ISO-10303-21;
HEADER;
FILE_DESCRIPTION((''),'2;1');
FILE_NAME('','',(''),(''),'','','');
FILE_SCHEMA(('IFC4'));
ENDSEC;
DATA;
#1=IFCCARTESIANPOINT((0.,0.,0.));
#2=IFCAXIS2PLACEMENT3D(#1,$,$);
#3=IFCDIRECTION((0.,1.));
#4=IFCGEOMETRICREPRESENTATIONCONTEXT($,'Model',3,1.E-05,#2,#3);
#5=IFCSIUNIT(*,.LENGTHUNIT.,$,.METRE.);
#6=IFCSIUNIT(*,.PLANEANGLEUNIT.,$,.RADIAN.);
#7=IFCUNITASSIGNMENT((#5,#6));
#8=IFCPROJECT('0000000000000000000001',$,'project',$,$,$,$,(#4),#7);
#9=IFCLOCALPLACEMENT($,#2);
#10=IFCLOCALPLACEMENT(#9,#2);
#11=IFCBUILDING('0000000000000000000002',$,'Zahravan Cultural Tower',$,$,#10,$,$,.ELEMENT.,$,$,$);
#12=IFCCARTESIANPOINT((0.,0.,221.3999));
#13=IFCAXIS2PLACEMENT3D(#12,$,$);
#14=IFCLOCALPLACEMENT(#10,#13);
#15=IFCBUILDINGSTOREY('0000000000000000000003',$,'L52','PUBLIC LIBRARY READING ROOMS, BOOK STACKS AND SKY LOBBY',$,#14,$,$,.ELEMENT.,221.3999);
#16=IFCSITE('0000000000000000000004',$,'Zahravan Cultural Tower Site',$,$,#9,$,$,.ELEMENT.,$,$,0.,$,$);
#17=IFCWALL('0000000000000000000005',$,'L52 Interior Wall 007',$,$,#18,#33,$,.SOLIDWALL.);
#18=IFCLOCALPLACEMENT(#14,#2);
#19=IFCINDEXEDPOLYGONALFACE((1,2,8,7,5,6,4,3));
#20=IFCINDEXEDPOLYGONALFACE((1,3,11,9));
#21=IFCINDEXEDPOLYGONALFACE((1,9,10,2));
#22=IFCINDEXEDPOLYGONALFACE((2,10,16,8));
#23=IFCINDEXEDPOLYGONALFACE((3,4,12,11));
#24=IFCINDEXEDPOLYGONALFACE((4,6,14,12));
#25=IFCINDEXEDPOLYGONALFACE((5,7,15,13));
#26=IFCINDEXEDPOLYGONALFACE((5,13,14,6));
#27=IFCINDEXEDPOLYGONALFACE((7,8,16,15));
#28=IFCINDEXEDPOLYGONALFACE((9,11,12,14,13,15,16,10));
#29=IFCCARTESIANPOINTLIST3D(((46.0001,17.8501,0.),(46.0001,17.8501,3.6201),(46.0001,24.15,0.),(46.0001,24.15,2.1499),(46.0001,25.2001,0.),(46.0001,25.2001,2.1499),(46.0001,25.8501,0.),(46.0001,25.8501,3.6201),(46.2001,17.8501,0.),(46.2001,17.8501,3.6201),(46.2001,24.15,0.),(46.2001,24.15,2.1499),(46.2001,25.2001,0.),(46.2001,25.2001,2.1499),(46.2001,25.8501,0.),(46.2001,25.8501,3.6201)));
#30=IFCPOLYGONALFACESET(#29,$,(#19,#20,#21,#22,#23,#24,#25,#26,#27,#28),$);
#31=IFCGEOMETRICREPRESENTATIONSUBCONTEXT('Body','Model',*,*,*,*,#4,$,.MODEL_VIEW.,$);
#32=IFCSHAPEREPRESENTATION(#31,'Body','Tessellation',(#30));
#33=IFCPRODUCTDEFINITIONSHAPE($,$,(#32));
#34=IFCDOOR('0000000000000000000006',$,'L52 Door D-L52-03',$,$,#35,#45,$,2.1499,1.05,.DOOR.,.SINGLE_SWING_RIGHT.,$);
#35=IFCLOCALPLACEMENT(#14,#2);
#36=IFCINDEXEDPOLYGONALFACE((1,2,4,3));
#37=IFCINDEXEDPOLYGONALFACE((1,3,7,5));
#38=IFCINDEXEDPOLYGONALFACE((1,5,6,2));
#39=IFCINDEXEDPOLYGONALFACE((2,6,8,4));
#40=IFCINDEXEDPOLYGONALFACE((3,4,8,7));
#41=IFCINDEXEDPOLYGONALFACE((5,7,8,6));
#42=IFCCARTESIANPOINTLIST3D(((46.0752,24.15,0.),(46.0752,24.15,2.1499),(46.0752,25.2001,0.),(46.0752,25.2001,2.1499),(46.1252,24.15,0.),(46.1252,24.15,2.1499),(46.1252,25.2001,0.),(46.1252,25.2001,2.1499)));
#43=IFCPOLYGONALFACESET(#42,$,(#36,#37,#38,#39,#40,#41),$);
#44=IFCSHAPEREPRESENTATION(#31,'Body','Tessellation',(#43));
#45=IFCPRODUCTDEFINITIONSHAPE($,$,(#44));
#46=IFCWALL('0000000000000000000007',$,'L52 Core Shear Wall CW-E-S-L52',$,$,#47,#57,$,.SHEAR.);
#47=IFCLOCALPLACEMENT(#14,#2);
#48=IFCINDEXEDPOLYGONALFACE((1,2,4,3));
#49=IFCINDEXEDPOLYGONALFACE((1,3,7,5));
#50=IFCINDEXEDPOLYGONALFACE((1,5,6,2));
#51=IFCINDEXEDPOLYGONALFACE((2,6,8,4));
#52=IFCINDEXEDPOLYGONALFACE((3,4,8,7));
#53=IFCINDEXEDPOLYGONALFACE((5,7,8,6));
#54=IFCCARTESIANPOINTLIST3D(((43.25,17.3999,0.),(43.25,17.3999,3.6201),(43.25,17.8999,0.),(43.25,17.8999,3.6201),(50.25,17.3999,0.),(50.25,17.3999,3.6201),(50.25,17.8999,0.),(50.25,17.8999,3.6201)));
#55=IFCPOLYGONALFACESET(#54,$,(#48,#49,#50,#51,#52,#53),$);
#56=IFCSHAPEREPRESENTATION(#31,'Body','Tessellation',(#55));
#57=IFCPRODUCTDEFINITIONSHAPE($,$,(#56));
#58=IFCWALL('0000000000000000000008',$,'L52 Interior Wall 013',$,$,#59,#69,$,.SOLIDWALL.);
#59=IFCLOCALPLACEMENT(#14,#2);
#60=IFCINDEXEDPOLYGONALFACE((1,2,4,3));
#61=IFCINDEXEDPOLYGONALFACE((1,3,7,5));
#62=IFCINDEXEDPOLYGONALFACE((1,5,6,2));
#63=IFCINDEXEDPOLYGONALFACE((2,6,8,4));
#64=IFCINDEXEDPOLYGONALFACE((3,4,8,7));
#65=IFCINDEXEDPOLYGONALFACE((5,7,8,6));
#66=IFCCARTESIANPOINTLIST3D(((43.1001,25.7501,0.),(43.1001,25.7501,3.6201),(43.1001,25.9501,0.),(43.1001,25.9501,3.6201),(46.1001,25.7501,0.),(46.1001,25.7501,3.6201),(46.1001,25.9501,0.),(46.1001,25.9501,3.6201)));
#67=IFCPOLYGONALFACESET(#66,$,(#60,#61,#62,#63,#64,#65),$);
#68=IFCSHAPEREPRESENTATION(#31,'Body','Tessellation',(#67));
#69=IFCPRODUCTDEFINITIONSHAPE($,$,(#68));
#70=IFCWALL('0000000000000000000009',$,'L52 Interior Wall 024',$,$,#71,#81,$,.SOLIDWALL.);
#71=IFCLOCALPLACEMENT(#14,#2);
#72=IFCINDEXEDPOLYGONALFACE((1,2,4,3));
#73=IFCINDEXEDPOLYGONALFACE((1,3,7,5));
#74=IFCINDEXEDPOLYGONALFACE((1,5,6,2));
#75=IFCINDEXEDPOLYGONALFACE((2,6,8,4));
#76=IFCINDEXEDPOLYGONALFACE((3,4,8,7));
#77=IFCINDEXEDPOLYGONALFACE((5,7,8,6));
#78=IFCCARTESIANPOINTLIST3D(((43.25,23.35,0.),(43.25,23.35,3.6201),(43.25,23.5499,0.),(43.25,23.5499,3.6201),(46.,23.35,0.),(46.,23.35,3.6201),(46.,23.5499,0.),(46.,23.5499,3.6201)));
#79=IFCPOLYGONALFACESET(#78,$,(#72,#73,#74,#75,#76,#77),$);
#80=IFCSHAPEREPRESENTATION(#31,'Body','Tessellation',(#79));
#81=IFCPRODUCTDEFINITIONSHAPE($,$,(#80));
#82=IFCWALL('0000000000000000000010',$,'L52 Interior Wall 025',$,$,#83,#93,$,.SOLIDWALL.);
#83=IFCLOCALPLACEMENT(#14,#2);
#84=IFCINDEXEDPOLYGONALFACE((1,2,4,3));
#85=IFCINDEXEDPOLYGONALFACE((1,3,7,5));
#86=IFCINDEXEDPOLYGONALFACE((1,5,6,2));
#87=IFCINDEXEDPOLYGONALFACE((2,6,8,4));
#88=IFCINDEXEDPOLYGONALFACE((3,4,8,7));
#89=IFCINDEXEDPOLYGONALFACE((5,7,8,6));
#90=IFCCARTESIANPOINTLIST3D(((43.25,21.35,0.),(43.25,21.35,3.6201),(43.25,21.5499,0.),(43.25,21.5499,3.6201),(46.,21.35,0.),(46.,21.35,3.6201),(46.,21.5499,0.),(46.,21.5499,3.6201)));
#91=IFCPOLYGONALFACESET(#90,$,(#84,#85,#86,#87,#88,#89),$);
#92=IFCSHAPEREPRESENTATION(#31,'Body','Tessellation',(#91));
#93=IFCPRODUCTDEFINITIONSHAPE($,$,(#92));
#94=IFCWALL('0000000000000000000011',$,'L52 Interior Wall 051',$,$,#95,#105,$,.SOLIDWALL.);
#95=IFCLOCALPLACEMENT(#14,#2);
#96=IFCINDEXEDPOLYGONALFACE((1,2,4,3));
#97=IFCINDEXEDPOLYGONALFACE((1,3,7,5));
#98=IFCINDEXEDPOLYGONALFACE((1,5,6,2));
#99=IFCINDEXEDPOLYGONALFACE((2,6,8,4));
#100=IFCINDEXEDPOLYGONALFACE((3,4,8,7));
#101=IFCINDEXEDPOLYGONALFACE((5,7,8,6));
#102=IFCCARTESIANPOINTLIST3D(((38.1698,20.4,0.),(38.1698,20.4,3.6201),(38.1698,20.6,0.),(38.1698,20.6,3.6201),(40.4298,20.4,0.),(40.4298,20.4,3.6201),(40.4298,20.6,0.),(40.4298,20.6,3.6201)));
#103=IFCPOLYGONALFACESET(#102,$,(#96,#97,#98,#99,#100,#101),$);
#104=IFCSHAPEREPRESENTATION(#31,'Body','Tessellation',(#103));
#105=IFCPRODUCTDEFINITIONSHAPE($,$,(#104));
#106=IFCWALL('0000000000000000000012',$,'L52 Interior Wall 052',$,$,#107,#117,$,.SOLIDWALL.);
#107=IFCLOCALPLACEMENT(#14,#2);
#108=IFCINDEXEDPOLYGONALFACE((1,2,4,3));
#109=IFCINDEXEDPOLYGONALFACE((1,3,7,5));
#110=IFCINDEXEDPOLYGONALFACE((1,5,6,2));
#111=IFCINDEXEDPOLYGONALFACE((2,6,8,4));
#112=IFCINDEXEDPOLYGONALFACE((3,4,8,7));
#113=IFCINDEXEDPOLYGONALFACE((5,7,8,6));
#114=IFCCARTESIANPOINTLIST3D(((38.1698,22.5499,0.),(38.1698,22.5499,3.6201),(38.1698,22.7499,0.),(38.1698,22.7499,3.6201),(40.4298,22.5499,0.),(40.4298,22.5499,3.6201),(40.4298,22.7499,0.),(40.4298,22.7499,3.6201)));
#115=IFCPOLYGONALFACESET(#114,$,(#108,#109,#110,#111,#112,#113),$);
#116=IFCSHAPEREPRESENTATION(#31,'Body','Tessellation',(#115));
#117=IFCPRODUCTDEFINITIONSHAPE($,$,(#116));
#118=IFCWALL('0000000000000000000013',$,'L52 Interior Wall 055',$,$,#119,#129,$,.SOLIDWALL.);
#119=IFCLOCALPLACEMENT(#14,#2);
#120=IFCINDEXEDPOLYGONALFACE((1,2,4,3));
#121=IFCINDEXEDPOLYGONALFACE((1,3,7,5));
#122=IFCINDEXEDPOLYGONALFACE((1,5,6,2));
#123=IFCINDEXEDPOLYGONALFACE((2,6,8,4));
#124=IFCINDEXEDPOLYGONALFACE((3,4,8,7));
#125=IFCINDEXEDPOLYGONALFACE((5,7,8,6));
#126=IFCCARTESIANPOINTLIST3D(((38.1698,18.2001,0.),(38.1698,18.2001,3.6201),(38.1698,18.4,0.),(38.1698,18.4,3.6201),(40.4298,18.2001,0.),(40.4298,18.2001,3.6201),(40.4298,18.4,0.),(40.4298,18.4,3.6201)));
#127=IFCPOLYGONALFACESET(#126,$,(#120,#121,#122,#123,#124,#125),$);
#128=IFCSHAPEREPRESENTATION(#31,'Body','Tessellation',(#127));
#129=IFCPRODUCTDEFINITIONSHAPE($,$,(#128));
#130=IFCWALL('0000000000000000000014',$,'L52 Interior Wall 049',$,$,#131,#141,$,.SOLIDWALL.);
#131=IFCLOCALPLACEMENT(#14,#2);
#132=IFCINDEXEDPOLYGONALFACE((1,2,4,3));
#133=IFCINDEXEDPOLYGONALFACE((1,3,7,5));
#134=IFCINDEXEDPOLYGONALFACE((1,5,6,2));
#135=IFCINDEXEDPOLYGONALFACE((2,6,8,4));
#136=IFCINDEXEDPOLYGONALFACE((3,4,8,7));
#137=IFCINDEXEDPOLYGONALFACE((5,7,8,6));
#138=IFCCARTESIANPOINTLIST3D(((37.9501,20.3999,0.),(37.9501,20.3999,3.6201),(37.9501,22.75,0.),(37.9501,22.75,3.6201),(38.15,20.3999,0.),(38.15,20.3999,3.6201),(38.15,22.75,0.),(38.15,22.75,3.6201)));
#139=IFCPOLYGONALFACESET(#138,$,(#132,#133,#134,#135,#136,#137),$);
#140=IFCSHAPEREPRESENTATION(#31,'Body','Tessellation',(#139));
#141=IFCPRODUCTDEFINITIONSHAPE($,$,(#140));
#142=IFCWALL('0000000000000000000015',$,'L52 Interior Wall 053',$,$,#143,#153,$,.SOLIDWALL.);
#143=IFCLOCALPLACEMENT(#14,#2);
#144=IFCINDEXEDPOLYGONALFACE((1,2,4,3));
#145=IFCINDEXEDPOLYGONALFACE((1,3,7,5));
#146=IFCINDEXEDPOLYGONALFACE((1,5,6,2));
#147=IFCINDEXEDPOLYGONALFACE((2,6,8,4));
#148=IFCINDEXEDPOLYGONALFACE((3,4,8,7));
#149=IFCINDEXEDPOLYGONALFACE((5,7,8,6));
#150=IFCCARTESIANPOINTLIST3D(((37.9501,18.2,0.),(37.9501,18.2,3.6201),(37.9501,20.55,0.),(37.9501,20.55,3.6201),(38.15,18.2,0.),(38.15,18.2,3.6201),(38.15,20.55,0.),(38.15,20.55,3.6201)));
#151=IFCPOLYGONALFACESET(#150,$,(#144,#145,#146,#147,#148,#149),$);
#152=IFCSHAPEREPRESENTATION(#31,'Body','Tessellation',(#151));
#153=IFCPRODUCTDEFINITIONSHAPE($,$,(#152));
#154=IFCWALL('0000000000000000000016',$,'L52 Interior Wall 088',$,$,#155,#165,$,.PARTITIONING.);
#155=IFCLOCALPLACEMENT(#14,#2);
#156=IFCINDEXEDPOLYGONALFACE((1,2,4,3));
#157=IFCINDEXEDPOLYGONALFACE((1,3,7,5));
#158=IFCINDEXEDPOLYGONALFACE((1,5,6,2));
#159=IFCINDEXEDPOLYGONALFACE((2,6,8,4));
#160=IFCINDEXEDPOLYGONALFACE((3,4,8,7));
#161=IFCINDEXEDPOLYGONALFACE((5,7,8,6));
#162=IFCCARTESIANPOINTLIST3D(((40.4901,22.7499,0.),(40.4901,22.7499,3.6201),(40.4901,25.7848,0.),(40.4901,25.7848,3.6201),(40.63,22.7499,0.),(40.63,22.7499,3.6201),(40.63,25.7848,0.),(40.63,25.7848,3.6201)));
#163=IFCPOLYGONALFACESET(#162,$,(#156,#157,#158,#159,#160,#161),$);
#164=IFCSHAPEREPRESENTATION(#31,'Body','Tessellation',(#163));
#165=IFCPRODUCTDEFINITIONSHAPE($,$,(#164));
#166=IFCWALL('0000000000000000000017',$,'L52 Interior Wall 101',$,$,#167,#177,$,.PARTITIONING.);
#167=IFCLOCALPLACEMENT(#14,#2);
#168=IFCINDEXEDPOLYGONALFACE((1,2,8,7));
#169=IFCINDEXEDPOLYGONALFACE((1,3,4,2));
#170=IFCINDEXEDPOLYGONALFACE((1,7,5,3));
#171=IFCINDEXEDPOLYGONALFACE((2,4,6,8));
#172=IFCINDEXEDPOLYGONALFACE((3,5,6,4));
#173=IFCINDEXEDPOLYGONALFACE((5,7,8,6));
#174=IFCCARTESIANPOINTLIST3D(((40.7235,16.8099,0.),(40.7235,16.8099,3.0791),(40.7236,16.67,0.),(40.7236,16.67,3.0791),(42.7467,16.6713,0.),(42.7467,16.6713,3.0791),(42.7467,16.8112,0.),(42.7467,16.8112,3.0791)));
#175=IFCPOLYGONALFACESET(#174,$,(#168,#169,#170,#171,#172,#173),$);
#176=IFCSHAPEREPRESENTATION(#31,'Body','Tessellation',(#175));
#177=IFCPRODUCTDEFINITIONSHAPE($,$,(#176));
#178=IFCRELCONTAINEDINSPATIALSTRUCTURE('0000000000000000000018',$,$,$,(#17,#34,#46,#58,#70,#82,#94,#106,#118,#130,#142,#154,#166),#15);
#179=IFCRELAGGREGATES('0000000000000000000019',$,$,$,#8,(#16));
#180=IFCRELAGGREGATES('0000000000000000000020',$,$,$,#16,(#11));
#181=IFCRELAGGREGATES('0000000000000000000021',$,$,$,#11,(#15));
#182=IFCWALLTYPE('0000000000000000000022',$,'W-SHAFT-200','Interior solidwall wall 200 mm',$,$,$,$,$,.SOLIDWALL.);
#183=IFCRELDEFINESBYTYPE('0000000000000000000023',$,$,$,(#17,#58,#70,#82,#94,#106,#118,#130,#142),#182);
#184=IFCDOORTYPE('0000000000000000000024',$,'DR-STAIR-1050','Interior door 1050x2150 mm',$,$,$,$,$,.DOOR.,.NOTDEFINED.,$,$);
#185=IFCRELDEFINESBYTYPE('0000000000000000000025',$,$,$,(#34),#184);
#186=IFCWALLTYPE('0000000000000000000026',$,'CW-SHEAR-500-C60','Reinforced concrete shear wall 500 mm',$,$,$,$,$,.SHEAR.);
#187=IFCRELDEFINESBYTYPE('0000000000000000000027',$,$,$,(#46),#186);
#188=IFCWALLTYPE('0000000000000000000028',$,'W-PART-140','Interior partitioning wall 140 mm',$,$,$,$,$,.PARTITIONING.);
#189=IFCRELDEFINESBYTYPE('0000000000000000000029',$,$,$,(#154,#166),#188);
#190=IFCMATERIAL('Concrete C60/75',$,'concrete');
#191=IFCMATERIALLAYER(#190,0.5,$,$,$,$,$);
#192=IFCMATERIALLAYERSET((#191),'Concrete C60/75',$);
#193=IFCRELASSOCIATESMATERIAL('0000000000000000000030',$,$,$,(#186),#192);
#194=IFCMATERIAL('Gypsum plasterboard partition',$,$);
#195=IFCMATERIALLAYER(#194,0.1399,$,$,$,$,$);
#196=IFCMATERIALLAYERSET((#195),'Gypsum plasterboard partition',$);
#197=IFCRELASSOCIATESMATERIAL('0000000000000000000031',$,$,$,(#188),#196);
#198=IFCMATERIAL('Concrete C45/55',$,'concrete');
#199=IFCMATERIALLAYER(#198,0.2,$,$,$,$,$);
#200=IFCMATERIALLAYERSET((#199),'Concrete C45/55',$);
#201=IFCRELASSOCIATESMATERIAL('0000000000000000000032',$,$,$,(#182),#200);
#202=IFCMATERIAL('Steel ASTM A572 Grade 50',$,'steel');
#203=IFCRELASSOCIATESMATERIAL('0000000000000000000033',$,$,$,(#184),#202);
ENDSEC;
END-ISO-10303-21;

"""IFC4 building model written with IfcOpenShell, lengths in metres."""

from ifc_helpers import new_model, si_unit, direction, frame, frame_2d, origin, place, context, subcontext, project, spatial, rectangle, extrude, source, transform, mapped, material, layer, layer_set, type_object, element, fill, save


model = new_model("IFC4")

# Units and contexts
model_context = context("Model", 3, precision=1e-05, world=origin(), true_north=direction((0.0, 1.0)))
body_context = subcontext(model_context, "Body", "Model", "MODEL_VIEW")
ifc_project = project(units=[si_unit("LENGTHUNIT", "METRE"), si_unit("PLANEANGLEUNIT", "RADIAN")], contexts=[model_context])

# Site, building, storey
site_placement = place(None, origin())
site = spatial("IfcSite", under=ifc_project, at=site_placement, Name="Zahravan Cultural Tower Site", CompositionType="ELEMENT", RefElevation=0.0)
building_placement = place(site_placement, origin())
building = spatial("IfcBuilding", under=site, at=building_placement, Name="Zahravan Cultural Tower", CompositionType="ELEMENT")
storey_placement = place(building_placement, frame((0.0, 0.0, 221.3999)))
storey = spatial("IfcBuildingStorey", under=building, at=storey_placement, Name="L52", Description="PUBLIC LIBRARY READING ROOMS, BOOK STACKS AND SKY LOBBY", CompositionType="ELEMENT", Elevation=221.3999)

# Shared definitions
ifc_material_1 = material(Name="Concrete C60/75", Category="concrete")
ifc_layer_1 = layer(ifc_material_1, 0.5)
ifc_layer_set_1 = layer_set([ifc_layer_1], Name="Concrete C60/75")
wall_type_1 = type_object("IfcWallType", Name="CW-SHEAR-500-C60", Description="Reinforced concrete shear wall 500 mm", PredefinedType="SHEAR", material=ifc_layer_set_1)
ifc_material_2 = material(Name="Steel ASTM A572 Grade 50", Category="steel")

# Wall, opening, door
ifc_material_3 = material(Name="Gypsum plasterboard partition")
ifc_layer_2 = layer(ifc_material_3, 0.1399)
ifc_layer_set_2 = layer_set([ifc_layer_2], Name="Gypsum plasterboard partition")
wall_type_2 = type_object("IfcWallType", Name="W-PART-140", Description="Interior partitioning wall 140 mm", PredefinedType="PARTITIONING", material=ifc_layer_set_2)
ifc_material_4 = material(Name="Concrete C45/55", Category="concrete")
ifc_layer_3 = layer(ifc_material_4, 0.2)
ifc_layer_set_3 = layer_set([ifc_layer_3], Name="Concrete C45/55")
wall_type_3 = type_object("IfcWallType", Name="W-SHAFT-200", Description="Interior solidwall wall 200 mm", PredefinedType="SOLIDWALL", material=ifc_layer_set_3)
wall_1_placement = place(storey_placement, frame((46.1001, 17.8501, 0.0), z_axis=(0.0, 0.0, 1.0), x_axis=(0.0, 1.0, 0.0)))
wall_1 = element("IfcWall", 1, at=wall_1_placement, inside=storey, type_object=wall_type_3, Name="L52 Interior Wall 007", PredefinedType="SOLIDWALL", context=body_context, shape_type="SweptSolid", body=[
    extrude(rectangle(XDim=8.0, YDim=0.2, at=frame_2d((4.0, 0.0))), origin(), (0.0, 0.0, 1.0), 3.6201),
])
opening_1_placement = place(wall_1_placement, frame((6.3, 0.0, 0.0)))
opening_1 = element("IfcOpeningElement", 2, at=opening_1_placement, cuts=wall_1, PredefinedType="OPENING", context=body_context, shape_type="SweptSolid", body=[
    extrude(rectangle(XDim=1.05, YDim=2.1499, at=frame_2d((0.5249, 1.075))), frame((0.0, 0.1099, 0.0), z_axis=(0.0, -1.0, 0.0), x_axis=(1.0, 0.0, 0.0)), (0.0, 0.0, 1.0), 0.22),
])
door_type_1 = type_object("IfcDoorType", Name="DR-STAIR-1050", Description="Interior door 1050x2150 mm", OperationType="NOTDEFINED", PredefinedType="DOOR", material=ifc_material_2)
shared_shape_1 = source(origin(), body_context, "Body", "SweptSolid", [
    extrude(rectangle(XDim=1.05, YDim=2.1499, at=frame_2d((0.5249, 1.075))), frame((0.0, 0.0249, 0.0), z_axis=(0.0, -1.0, 0.0), x_axis=(1.0, 0.0, 0.0)), (0.0, 0.0, 1.0), 0.05),
])
door_1_placement = place(opening_1_placement, origin())
door_1 = element("IfcDoor", 3, at=door_1_placement, inside=storey, type_object=door_type_1, Name="L52 Door D-L52-03", OperationType="SINGLE_SWING_RIGHT", OverallHeight=2.1499, OverallWidth=1.05, PredefinedType="DOOR", context=body_context, shape_type="MappedRepresentation", body=[
    mapped(shared_shape_1, transform((0.0, 0.0, 0.0), x_axis=(1.0, 0.0, 0.0), y_axis=(0.0, 1.0, 0.0), z_axis=(0.0, 0.0, 1.0), scale=1.0)),
])
fill(opening_1, door_1)

# Walls
shared_shape_2 = source(origin(), body_context, "Body", "SweptSolid", [
    extrude(rectangle(XDim=7.0, YDim=0.5, at=frame_2d((3.5, 0.0))), origin(), (0.0, 0.0, 1.0), 3.6201),
])
wall_2_placement = place(storey_placement, frame((43.25, 17.6499, 0.0), z_axis=(0.0, 0.0, 1.0), x_axis=(1.0, 0.0, 0.0)))
element("IfcWall", 4, at=wall_2_placement, inside=storey, type_object=wall_type_1, Name="L52 Core Shear Wall CW-E-S-L52", PredefinedType="SHEAR", context=body_context, shape_type="MappedRepresentation", body=[
    mapped(shared_shape_2, transform((0.0, 0.0, 0.0), x_axis=(1.0, 0.0, 0.0), y_axis=(0.0, 1.0, 0.0), z_axis=(0.0, 0.0, 1.0), scale=1.0)),
])
shared_shape_3 = source(origin(), body_context, "Body", "SweptSolid", [
    extrude(rectangle(XDim=3.0, YDim=0.2, at=frame_2d((1.5, 0.0))), origin(), (0.0, 0.0, 1.0), 3.6201),
])
wall_3_placement = place(storey_placement, frame((43.1001, 25.8501, 0.0), z_axis=(0.0, 0.0, 1.0), x_axis=(1.0, 0.0, 0.0)))
element("IfcWall", 5, at=wall_3_placement, inside=storey, type_object=wall_type_3, Name="L52 Interior Wall 013", PredefinedType="SOLIDWALL", context=body_context, shape_type="MappedRepresentation", body=[
    mapped(shared_shape_3, transform((0.0, 0.0, 0.0), x_axis=(1.0, 0.0, 0.0), y_axis=(0.0, 1.0, 0.0), z_axis=(0.0, 0.0, 1.0), scale=1.0)),
])
shared_shape_4 = source(origin(), body_context, "Body", "SweptSolid", [
    extrude(rectangle(XDim=2.75, YDim=0.2, at=frame_2d((1.375, 0.0))), origin(), (0.0, 0.0, 1.0), 3.6201),
])
for number, where, z_axis, x_axis, name in (
    (6, (43.25, 23.45, 0.0), (0.0, 0.0, 1.0), (1.0, 0.0, 0.0), "L52 Interior Wall 024"),
    (7, (43.25, 21.45, 0.0), (0.0, 0.0, 1.0), (1.0, 0.0, 0.0), "L52 Interior Wall 025"),
):
    element("IfcWall", number, at=place(storey_placement, frame(where, z_axis=z_axis, x_axis=x_axis)), inside=storey, type_object=wall_type_3, Name=name, PredefinedType="SOLIDWALL", context=body_context, shape_type="MappedRepresentation", body=[
        mapped(shared_shape_4, transform((0.0, 0.0, 0.0), x_axis=(1.0, 0.0, 0.0), y_axis=(0.0, 1.0, 0.0), z_axis=(0.0, 0.0, 1.0), scale=1.0)),
    ])
shared_shape_5 = source(origin(), body_context, "Body", "SweptSolid", [
    extrude(rectangle(XDim=2.26, YDim=0.2, at=frame_2d((1.1299, 0.0))), origin(), (0.0, 0.0, 1.0), 3.6201),
])
for number, where, z_axis, x_axis, name in (
    (8, (38.1699, 20.5, 0.0), (0.0, 0.0, 1.0), (1.0, 0.0, 0.0), "L52 Interior Wall 051"),
    (9, (38.1699, 22.6499, 0.0), (0.0, 0.0, 1.0), (1.0, 0.0, 0.0), "L52 Interior Wall 052"),
    (10, (38.1699, 18.3, 0.0), (0.0, 0.0, 1.0), (1.0, 0.0, 0.0), "L52 Interior Wall 055"),
):
    element("IfcWall", number, at=place(storey_placement, frame(where, z_axis=z_axis, x_axis=x_axis)), inside=storey, type_object=wall_type_3, Name=name, PredefinedType="SOLIDWALL", context=body_context, shape_type="MappedRepresentation", body=[
        mapped(shared_shape_5, transform((0.0, 0.0, 0.0), x_axis=(1.0, 0.0, 0.0), y_axis=(0.0, 1.0, 0.0), z_axis=(0.0, 0.0, 1.0), scale=1.0)),
    ])
shared_shape_6 = source(origin(), body_context, "Body", "SweptSolid", [
    extrude(rectangle(XDim=2.3501, YDim=0.2, at=frame_2d((1.175, 0.0))), origin(), (0.0, 0.0, 1.0), 3.6201),
])
for number, where, z_axis, x_axis, name in (
    (11, (38.05, 20.3999, 0.0), (0.0, 0.0, 1.0), (0.0, 1.0, 0.0), "L52 Interior Wall 049"),
    (12, (38.05, 18.2, 0.0), (0.0, 0.0, 1.0), (0.0, 1.0, 0.0), "L52 Interior Wall 053"),
):
    element("IfcWall", number, at=place(storey_placement, frame(where, z_axis=z_axis, x_axis=x_axis)), inside=storey, type_object=wall_type_3, Name=name, PredefinedType="SOLIDWALL", context=body_context, shape_type="MappedRepresentation", body=[
        mapped(shared_shape_6, transform((0.0, 0.0, 0.0), x_axis=(1.0, 0.0, 0.0), y_axis=(0.0, 1.0, 0.0), z_axis=(0.0, 0.0, 1.0), scale=1.0)),
    ])
shared_shape_7 = source(origin(), body_context, "Body", "SweptSolid", [
    extrude(rectangle(XDim=3.0349, YDim=0.1399, at=frame_2d((1.5176, 0.0))), origin(), (0.0, 0.0, 1.0), 3.6201),
])
wall_4_placement = place(storey_placement, frame((40.5601, 25.7849, 0.0), z_axis=(0.0, 0.0, 1.0), x_axis=(0.0, -1.0, 0.0)))
element("IfcWall", 13, at=wall_4_placement, inside=storey, type_object=wall_type_2, Name="L52 Interior Wall 088", PredefinedType="PARTITIONING", context=body_context, shape_type="MappedRepresentation", body=[
    mapped(shared_shape_7, transform((0.0, 0.0, 0.0), x_axis=(1.0, 0.0, 0.0), y_axis=(0.0, 1.0, 0.0), z_axis=(0.0, 0.0, 1.0), scale=1.0)),
])
shared_shape_8 = source(origin(), body_context, "Body", "SweptSolid", [
    extrude(rectangle(XDim=2.0232, YDim=0.1399, at=frame_2d((1.0117, 0.0))), origin(), (0.0, 0.0, 1.0), 3.0791),
])
wall_5_placement = place(storey_placement, frame((40.7234, 16.74, 0.0), z_axis=(0.0, 0.0, 1.0), x_axis=(1.0, 0.000603, 0.0)))
element("IfcWall", 14, at=wall_5_placement, inside=storey, type_object=wall_type_2, Name="L52 Interior Wall 101", PredefinedType="PARTITIONING", context=body_context, shape_type="MappedRepresentation", body=[
    mapped(shared_shape_8, transform((0.0, 0.0, 0.0), x_axis=(1.0, 0.0, 0.0), y_axis=(0.0, 1.0, 0.0), z_axis=(0.0, 0.0, 1.0), scale=1.0)),
])

save(model, "model.ifc")
